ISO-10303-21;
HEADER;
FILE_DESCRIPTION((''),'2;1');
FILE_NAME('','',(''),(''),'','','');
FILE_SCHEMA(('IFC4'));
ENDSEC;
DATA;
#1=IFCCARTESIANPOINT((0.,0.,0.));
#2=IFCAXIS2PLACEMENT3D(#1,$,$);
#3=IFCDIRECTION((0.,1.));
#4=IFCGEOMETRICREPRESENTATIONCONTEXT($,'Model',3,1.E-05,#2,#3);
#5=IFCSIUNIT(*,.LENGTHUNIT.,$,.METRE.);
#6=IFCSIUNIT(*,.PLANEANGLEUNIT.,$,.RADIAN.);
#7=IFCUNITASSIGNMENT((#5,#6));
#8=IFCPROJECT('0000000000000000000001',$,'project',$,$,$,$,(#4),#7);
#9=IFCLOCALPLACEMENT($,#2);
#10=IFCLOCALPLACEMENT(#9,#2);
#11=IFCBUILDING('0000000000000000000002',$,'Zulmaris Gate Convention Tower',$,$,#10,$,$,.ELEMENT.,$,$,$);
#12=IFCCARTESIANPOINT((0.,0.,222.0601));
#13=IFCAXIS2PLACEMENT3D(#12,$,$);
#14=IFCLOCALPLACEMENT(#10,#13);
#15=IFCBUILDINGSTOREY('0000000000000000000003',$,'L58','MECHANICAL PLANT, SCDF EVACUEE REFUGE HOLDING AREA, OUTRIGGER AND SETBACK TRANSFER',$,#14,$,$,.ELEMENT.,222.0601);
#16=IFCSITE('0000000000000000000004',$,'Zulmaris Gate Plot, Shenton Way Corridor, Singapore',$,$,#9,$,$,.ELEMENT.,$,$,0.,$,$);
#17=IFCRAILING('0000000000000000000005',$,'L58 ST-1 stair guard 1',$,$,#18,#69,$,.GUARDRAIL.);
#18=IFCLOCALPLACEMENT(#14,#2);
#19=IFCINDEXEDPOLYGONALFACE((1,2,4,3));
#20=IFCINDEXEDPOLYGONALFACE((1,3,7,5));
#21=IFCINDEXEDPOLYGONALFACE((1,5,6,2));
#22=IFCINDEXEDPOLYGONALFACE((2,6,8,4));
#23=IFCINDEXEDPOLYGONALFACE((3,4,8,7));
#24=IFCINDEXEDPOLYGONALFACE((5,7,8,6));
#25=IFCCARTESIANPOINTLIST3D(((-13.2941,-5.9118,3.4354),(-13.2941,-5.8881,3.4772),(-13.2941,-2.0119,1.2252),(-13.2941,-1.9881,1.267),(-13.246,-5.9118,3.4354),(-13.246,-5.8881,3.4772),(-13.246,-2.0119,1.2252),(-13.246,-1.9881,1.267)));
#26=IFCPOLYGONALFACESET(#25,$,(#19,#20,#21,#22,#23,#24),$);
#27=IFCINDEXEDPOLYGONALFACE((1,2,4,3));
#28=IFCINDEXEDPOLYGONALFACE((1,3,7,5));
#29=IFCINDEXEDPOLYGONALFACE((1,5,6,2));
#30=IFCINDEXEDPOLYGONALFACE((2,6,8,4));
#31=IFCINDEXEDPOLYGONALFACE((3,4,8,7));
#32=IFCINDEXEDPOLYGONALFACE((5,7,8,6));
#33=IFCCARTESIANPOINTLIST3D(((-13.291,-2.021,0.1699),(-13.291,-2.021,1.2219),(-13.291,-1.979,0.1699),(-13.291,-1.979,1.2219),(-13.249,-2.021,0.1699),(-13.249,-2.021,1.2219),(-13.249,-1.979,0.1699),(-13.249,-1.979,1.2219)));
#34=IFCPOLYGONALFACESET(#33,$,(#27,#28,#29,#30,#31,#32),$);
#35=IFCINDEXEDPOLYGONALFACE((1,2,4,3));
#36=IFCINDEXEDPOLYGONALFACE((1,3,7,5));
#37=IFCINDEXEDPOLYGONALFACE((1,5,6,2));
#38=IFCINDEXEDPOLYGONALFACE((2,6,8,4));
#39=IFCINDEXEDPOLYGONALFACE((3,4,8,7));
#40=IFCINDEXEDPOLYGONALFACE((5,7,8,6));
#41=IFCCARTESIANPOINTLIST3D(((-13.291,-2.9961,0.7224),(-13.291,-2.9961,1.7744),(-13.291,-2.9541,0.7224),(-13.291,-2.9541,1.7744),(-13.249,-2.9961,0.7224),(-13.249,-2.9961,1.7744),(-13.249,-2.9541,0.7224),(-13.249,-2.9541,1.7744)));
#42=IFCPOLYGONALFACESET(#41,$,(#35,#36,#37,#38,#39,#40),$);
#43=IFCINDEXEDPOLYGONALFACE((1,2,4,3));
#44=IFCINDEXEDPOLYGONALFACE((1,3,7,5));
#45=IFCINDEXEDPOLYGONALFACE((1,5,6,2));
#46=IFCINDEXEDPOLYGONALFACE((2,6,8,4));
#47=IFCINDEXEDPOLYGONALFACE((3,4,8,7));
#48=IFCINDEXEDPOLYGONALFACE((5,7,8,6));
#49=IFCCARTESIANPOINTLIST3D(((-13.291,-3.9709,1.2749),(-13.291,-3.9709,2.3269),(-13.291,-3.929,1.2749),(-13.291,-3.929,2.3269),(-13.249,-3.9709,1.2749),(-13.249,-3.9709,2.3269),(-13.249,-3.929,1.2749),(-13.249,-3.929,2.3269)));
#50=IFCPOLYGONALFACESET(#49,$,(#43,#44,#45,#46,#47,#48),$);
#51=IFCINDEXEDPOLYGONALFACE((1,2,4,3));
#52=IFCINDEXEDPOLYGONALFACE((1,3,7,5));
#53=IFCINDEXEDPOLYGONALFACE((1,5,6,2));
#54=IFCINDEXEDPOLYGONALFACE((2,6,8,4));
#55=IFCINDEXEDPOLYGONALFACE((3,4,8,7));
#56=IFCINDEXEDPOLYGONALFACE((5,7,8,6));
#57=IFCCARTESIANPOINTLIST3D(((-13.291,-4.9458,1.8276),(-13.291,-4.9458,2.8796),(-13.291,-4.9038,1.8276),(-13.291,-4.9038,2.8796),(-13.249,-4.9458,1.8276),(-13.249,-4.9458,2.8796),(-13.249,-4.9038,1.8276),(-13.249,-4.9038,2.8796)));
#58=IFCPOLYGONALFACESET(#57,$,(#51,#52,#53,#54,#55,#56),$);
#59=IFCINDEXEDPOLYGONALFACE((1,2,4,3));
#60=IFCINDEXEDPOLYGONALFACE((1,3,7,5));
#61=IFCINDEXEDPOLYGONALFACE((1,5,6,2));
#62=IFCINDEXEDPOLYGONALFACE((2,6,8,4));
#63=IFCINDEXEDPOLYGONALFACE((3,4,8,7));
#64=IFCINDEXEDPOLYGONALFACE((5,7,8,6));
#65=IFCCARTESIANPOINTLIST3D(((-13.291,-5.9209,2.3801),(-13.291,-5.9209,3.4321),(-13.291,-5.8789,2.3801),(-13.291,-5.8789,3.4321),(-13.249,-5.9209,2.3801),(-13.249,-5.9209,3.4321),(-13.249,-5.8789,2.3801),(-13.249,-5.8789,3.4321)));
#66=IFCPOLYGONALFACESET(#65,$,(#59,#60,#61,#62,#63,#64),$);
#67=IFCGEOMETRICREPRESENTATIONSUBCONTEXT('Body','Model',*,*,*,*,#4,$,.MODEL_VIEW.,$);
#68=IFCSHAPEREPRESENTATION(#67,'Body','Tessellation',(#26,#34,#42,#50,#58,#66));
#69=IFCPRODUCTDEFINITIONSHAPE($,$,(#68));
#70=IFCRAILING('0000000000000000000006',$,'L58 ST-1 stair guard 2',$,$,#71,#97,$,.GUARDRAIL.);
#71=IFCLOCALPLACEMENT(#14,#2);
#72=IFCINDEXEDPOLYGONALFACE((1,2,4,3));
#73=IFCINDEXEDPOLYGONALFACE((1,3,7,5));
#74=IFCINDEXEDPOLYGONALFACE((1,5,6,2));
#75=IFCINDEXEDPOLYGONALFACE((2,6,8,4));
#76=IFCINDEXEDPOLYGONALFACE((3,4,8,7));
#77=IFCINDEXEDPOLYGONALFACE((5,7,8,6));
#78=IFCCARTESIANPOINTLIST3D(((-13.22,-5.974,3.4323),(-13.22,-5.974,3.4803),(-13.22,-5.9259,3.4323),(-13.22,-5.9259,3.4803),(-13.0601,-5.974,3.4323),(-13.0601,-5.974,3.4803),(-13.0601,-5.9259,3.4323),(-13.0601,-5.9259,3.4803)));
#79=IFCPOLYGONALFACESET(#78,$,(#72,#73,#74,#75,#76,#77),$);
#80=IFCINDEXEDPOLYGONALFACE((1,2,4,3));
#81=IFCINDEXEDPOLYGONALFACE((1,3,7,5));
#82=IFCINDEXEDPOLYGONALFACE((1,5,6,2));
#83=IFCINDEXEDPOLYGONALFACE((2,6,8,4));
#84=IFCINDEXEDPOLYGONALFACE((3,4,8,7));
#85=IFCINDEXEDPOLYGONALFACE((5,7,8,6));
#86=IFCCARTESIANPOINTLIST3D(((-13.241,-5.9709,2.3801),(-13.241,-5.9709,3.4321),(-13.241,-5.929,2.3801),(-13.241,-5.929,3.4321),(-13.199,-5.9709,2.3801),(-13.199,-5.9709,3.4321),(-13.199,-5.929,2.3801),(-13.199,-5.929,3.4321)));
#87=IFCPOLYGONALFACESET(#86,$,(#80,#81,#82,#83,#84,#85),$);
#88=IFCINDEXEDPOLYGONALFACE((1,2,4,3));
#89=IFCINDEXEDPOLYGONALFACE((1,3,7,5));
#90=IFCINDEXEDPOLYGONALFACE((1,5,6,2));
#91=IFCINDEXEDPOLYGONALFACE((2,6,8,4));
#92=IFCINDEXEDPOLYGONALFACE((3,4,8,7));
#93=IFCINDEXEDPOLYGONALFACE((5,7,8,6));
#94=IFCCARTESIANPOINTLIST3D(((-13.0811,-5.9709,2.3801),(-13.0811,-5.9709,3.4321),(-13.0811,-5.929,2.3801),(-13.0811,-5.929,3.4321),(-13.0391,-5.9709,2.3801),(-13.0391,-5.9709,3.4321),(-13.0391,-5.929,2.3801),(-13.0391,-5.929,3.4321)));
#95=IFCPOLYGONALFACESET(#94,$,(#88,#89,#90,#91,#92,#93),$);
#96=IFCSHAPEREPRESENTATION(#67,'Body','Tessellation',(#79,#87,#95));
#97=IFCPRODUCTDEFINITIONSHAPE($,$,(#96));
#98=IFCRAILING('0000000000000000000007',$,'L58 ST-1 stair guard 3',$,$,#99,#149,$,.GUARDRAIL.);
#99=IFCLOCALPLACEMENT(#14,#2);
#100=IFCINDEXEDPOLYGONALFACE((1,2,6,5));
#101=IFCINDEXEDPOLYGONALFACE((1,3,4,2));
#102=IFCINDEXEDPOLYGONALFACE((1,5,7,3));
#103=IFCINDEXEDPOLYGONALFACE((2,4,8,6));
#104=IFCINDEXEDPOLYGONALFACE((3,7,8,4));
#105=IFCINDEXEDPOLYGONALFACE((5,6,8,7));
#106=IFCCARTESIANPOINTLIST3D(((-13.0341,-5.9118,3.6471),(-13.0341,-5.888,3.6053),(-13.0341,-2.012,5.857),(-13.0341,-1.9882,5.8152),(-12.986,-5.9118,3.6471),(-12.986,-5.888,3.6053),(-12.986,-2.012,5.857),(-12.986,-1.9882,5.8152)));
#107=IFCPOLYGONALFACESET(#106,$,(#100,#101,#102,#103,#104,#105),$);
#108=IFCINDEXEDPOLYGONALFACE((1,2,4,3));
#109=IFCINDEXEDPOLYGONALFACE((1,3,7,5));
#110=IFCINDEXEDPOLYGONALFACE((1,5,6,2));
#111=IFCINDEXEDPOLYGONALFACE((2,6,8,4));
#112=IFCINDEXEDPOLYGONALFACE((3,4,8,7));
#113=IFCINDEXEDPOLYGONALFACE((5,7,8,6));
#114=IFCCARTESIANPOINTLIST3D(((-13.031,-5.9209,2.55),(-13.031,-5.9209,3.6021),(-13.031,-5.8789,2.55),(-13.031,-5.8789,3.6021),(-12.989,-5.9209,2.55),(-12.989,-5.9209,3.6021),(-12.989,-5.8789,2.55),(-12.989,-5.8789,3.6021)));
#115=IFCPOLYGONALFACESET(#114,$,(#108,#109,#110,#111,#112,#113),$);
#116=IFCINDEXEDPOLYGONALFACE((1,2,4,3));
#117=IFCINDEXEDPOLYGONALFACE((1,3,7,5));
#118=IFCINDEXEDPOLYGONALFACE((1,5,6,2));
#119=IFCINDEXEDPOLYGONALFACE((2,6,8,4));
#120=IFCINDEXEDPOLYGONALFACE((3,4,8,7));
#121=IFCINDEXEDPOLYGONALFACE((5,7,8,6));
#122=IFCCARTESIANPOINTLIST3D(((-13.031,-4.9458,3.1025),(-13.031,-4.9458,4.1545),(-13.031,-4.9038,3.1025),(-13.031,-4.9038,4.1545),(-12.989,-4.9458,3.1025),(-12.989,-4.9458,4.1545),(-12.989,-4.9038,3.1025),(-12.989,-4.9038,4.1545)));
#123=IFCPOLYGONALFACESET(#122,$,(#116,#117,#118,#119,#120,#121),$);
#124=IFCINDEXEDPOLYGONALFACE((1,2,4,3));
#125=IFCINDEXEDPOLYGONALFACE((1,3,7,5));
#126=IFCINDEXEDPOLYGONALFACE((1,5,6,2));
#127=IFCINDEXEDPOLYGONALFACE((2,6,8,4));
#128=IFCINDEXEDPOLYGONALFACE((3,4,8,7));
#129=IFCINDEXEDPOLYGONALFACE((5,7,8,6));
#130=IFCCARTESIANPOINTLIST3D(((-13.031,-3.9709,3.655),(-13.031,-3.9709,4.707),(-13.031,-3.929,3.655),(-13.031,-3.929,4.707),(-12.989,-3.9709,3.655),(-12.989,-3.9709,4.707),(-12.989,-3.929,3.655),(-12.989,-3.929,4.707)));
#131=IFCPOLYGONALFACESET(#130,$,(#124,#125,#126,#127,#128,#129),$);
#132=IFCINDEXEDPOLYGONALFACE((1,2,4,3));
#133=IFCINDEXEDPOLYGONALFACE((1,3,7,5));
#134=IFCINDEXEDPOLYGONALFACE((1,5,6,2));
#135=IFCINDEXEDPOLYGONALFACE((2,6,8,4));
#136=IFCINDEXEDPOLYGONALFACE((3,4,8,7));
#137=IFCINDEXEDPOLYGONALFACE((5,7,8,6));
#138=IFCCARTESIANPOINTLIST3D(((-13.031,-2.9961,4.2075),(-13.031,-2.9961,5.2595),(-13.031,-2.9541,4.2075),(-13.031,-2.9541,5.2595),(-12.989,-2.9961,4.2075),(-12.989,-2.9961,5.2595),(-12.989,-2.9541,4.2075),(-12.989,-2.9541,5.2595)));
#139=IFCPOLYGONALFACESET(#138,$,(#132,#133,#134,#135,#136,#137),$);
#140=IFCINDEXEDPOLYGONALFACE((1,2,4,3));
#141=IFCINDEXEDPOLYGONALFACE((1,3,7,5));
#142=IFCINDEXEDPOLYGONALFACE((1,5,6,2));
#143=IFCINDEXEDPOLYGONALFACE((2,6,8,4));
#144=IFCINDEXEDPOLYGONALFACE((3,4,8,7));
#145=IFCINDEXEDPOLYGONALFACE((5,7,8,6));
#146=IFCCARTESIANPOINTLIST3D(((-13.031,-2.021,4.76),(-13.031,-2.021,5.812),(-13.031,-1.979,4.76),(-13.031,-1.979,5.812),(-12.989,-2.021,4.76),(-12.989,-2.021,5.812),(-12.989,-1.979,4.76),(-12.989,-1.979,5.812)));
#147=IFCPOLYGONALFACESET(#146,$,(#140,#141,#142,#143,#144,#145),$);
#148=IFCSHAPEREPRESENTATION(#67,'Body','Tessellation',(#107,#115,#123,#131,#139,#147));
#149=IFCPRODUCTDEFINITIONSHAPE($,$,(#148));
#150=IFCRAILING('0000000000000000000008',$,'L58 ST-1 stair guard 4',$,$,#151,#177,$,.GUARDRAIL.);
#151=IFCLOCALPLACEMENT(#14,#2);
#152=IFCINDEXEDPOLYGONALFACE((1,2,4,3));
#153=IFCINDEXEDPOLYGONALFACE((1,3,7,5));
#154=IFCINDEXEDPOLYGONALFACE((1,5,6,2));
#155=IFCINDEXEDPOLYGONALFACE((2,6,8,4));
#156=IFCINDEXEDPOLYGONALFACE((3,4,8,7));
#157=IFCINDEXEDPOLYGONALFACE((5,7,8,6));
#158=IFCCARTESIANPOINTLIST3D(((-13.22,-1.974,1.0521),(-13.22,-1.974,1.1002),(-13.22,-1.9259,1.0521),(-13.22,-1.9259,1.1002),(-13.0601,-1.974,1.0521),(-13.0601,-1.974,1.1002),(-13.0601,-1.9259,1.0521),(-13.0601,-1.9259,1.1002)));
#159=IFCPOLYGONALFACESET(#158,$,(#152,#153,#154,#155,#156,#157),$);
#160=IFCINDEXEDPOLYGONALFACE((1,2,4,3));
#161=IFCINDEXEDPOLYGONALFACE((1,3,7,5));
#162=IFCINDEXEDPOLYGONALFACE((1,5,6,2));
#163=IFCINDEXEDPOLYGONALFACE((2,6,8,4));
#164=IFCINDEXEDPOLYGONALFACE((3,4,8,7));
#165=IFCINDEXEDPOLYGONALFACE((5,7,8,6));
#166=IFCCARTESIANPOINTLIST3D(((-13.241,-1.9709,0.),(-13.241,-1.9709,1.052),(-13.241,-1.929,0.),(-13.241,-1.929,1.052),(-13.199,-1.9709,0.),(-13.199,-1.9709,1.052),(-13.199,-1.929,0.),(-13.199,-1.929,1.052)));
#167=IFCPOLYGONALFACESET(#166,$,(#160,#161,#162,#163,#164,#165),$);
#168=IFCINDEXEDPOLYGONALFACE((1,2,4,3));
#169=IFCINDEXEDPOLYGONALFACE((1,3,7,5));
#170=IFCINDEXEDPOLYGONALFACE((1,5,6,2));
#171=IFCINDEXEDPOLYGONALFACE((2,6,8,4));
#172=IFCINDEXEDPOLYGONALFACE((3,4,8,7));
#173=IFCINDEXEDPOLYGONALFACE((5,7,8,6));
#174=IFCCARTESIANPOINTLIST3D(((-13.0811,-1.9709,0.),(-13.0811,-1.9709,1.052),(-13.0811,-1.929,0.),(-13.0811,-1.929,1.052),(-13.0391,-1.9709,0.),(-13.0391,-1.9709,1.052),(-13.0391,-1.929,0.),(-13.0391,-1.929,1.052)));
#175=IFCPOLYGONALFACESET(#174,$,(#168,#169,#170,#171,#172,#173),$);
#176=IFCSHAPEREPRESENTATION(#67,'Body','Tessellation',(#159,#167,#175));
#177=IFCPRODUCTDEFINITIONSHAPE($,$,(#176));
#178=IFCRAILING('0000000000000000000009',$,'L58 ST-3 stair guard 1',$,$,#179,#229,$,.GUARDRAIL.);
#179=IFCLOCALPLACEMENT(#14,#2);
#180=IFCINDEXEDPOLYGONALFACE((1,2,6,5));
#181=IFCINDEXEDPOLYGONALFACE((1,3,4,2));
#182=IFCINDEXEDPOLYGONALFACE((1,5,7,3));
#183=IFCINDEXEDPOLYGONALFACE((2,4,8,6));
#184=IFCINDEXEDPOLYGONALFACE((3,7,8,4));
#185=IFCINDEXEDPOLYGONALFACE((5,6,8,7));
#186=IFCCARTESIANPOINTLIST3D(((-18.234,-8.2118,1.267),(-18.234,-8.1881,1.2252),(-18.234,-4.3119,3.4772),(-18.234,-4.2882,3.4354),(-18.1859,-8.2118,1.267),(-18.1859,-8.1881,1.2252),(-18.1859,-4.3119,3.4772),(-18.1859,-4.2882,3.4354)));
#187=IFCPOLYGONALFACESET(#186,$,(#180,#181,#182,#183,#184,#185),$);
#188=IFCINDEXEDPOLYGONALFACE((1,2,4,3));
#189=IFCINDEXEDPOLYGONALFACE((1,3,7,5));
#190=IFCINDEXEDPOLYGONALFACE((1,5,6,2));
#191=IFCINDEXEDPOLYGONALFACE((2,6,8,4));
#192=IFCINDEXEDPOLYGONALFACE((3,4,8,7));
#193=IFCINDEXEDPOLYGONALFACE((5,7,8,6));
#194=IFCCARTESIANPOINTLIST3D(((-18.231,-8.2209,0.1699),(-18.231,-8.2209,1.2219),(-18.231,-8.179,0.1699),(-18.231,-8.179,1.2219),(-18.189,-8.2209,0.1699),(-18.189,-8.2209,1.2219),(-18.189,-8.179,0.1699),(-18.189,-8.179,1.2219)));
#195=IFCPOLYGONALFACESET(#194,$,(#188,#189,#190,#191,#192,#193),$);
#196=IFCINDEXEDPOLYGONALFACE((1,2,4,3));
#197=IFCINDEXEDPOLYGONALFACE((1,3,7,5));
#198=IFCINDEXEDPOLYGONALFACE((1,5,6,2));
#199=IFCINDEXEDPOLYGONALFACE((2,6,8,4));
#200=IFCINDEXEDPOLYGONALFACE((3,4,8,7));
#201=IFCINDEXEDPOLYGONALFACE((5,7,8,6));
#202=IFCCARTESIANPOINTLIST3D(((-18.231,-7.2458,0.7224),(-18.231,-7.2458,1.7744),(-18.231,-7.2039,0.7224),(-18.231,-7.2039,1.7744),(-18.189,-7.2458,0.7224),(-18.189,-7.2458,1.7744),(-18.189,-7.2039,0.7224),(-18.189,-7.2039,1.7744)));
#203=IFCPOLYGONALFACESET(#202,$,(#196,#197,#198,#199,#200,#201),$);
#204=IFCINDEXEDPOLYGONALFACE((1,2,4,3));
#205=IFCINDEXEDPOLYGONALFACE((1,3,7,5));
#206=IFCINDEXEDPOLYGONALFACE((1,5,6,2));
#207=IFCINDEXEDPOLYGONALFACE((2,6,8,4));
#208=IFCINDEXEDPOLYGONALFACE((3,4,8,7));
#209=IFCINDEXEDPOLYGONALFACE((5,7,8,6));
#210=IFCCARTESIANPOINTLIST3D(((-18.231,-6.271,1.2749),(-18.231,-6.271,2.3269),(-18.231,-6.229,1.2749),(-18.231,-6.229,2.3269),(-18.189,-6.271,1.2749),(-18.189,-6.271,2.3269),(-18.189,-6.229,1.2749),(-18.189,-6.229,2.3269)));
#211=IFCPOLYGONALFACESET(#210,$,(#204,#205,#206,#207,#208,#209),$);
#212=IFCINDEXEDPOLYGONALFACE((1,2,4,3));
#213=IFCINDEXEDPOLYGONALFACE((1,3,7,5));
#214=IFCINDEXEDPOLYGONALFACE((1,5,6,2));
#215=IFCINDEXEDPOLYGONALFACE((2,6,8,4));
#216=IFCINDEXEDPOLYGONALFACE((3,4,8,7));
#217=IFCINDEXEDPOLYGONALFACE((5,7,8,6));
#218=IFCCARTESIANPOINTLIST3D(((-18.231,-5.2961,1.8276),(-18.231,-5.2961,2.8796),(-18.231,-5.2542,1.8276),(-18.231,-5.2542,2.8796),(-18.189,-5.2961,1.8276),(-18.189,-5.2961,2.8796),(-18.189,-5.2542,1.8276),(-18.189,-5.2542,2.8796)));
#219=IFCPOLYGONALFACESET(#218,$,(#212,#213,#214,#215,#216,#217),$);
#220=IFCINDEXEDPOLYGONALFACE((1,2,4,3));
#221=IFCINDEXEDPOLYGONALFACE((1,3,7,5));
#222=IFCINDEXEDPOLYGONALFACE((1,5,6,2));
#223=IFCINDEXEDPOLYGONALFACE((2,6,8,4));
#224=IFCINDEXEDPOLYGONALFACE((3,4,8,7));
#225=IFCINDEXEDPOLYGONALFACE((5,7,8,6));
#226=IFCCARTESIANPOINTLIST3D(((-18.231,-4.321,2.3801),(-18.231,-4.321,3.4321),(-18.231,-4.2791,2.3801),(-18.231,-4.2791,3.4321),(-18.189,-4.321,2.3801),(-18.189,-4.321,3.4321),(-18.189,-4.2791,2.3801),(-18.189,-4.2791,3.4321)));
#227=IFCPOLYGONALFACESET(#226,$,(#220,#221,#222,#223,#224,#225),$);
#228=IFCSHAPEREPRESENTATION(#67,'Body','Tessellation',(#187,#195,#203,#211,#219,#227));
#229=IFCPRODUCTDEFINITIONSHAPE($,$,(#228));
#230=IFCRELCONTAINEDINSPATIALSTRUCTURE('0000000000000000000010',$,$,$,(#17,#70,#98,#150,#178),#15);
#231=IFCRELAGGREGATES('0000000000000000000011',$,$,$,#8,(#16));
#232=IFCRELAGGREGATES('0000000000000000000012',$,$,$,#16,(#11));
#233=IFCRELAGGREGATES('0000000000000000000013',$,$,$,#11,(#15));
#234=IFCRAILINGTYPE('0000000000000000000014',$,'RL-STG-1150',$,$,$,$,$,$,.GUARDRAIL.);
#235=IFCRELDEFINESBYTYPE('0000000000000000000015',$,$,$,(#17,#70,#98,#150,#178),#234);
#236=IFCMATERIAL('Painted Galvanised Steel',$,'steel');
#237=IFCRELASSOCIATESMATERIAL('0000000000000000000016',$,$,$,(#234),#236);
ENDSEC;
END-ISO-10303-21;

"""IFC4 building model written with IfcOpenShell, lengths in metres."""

from ifc_helpers import new_model, si_unit, direction, frame, origin, origin_2d, place, context, subcontext, project, spatial, rectangle, extrude, material, type_object, element, save


model = new_model("IFC4")

# Units and contexts
model_context = context("Model", 3, precision=1e-05, world=origin(), true_north=direction((0.0, 1.0)))
body_context = subcontext(model_context, "Body", "Model", "MODEL_VIEW")
ifc_project = project(units=[si_unit("LENGTHUNIT", "METRE"), si_unit("PLANEANGLEUNIT", "RADIAN")], contexts=[model_context])

# Site, building, storey
site_placement = place(None, origin())
site = spatial("IfcSite", under=ifc_project, at=site_placement, Name="Zulmaris Gate Plot, Shenton Way Corridor, Singapore", CompositionType="ELEMENT", RefElevation=0.0)
building_placement = place(site_placement, origin())
building = spatial("IfcBuilding", under=site, at=building_placement, Name="Zulmaris Gate Convention Tower", CompositionType="ELEMENT")
storey_placement = place(building_placement, frame((0.0, 0.0, 222.0601)))
storey = spatial("IfcBuildingStorey", under=building, at=storey_placement, Name="L58", Description="MECHANICAL PLANT, SCDF EVACUEE REFUGE HOLDING AREA, OUTRIGGER AND SETBACK TRANSFER", CompositionType="ELEMENT", Elevation=222.0601)

# Railings
ifc_material_1 = material(Name="Painted Galvanised Steel", Category="steel")
railing_type_1 = type_object("IfcRailingType", Name="RL-STG-1150", PredefinedType="GUARDRAIL", material=ifc_material_1)
railing_1_placement = place(storey_placement, frame((-13.27, -2.0, 0.1699)))
element("IfcRailing", 1, at=railing_1_placement, inside=storey, type_object=railing_type_1, Name="L58 ST-1 stair guard 1", PredefinedType="GUARDRAIL", context=body_context, shape_type="SweptSolid", body=[
    extrude(rectangle(XDim=0.0481, YDim=0.0481, at=origin_2d()), frame((0.0, 0.0, 1.0762), z_axis=(0.0, -0.869997, 0.493057), x_axis=(1.0, 0.0, 0.0)), (0.0, 0.0, 1.0), 4.4827),
    extrude(rectangle(XDim=0.042, YDim=0.042, at=origin_2d()), origin(), (0.0, 0.0, 1.0), 1.052),
    extrude(rectangle(XDim=0.042, YDim=0.042, at=origin_2d()), frame((0.0, -0.9751, 0.5525)), (0.0, 0.0, 1.0), 1.052),
    extrude(rectangle(XDim=0.042, YDim=0.042, at=origin_2d()), frame((0.0, -1.95, 1.105)), (0.0, 0.0, 1.0), 1.052),
    extrude(rectangle(XDim=0.042, YDim=0.042, at=origin_2d()), frame((0.0, -2.9248, 1.6577)), (0.0, 0.0, 1.0), 1.052),
    extrude(rectangle(XDim=0.042, YDim=0.042, at=origin_2d()), frame((0.0, -3.8999, 2.2102)), (0.0, 0.0, 1.0), 1.052),
])
railing_2_placement = place(storey_placement, frame((-13.22, -5.95, 2.3801)))
element("IfcRailing", 2, at=railing_2_placement, inside=storey, type_object=railing_type_1, Name="L58 ST-1 stair guard 2", PredefinedType="GUARDRAIL", context=body_context, shape_type="SweptSolid", body=[
    extrude(rectangle(XDim=0.0481, YDim=0.0481, at=origin_2d()), frame((0.0, 0.0, 1.0762), z_axis=(1.0, 0.0, 0.0), x_axis=(0.0, 1.0, 0.0)), (0.0, 0.0, 1.0), 0.1599),
    extrude(rectangle(XDim=0.042, YDim=0.042, at=origin_2d()), origin(), (0.0, 0.0, 1.0), 1.052),
    extrude(rectangle(XDim=0.042, YDim=0.042, at=origin_2d()), frame((0.1599, 0.0, 0.0)), (0.0, 0.0, 1.0), 1.052),
])
railing_3_placement = place(storey_placement, frame((-13.01, -5.8999, 2.55)))
element("IfcRailing", 3, at=railing_3_placement, inside=storey, type_object=railing_type_1, Name="L58 ST-1 stair guard 3", PredefinedType="GUARDRAIL", context=body_context, shape_type="SweptSolid", body=[
    extrude(rectangle(XDim=0.0481, YDim=0.0481, at=origin_2d()), frame((0.0, 0.0, 1.0762), z_axis=(0.0, 0.870021, 0.493015), x_axis=(-1.0, 0.0, 0.0)), (0.0, 0.0, 1.0), 4.4824),
    extrude(rectangle(XDim=0.042, YDim=0.042, at=origin_2d()), origin(), (0.0, 0.0, 1.0), 1.052),
    extrude(rectangle(XDim=0.042, YDim=0.042, at=origin_2d()), frame((0.0, 0.9751, 0.5525)), (0.0, 0.0, 1.0), 1.052),
    extrude(rectangle(XDim=0.042, YDim=0.042, at=origin_2d()), frame((0.0, 1.95, 1.105)), (0.0, 0.0, 1.0), 1.052),
    extrude(rectangle(XDim=0.042, YDim=0.042, at=origin_2d()), frame((0.0, 2.9248, 1.6575)), (0.0, 0.0, 1.0), 1.052),
    extrude(rectangle(XDim=0.042, YDim=0.042, at=origin_2d()), frame((0.0, 3.8999, 2.21)), (0.0, 0.0, 1.0), 1.052),
])
railing_4_placement = place(storey_placement, frame((-13.22, -1.95, 0.0)))
element("IfcRailing", 4, at=railing_4_placement, inside=storey, type_object=railing_type_1, Name="L58 ST-1 stair guard 4", PredefinedType="GUARDRAIL", context=body_context, shape_type="SweptSolid", body=[
    extrude(rectangle(XDim=0.0481, YDim=0.0481, at=origin_2d()), frame((0.0, 0.0, 1.0762), z_axis=(1.0, 0.0, 0.0), x_axis=(0.0, 1.0, 0.0)), (0.0, 0.0, 1.0), 0.1599),
    extrude(rectangle(XDim=0.042, YDim=0.042, at=origin_2d()), origin(), (0.0, 0.0, 1.0), 1.052),
    extrude(rectangle(XDim=0.042, YDim=0.042, at=origin_2d()), frame((0.1599, 0.0, 0.0)), (0.0, 0.0, 1.0), 1.052),
])
railing_5_placement = place(storey_placement, frame((-18.21, -8.2, 0.1699)))
element("IfcRailing", 5, at=railing_5_placement, inside=storey, type_object=railing_type_1, Name="L58 ST-3 stair guard 1", PredefinedType="GUARDRAIL", context=body_context, shape_type="SweptSolid", body=[
    extrude(rectangle(XDim=0.0481, YDim=0.0481, at=origin_2d()), frame((0.0, 0.0, 1.0762), z_axis=(0.0, 0.869997, 0.493057), x_axis=(-1.0, 0.0, 0.0)), (0.0, 0.0, 1.0), 4.4827),
    extrude(rectangle(XDim=0.042, YDim=0.042, at=origin_2d()), origin(), (0.0, 0.0, 1.0), 1.052),
    extrude(rectangle(XDim=0.042, YDim=0.042, at=origin_2d()), frame((0.0, 0.9751, 0.5525)), (0.0, 0.0, 1.0), 1.052),
    extrude(rectangle(XDim=0.042, YDim=0.042, at=origin_2d()), frame((0.0, 1.95, 1.105)), (0.0, 0.0, 1.0), 1.052),
    extrude(rectangle(XDim=0.042, YDim=0.042, at=origin_2d()), frame((0.0, 2.9248, 1.6577)), (0.0, 0.0, 1.0), 1.052),
    extrude(rectangle(XDim=0.042, YDim=0.042, at=origin_2d()), frame((0.0, 3.8999, 2.2102)), (0.0, 0.0, 1.0), 1.052),
])

save(model, "model.ifc")
